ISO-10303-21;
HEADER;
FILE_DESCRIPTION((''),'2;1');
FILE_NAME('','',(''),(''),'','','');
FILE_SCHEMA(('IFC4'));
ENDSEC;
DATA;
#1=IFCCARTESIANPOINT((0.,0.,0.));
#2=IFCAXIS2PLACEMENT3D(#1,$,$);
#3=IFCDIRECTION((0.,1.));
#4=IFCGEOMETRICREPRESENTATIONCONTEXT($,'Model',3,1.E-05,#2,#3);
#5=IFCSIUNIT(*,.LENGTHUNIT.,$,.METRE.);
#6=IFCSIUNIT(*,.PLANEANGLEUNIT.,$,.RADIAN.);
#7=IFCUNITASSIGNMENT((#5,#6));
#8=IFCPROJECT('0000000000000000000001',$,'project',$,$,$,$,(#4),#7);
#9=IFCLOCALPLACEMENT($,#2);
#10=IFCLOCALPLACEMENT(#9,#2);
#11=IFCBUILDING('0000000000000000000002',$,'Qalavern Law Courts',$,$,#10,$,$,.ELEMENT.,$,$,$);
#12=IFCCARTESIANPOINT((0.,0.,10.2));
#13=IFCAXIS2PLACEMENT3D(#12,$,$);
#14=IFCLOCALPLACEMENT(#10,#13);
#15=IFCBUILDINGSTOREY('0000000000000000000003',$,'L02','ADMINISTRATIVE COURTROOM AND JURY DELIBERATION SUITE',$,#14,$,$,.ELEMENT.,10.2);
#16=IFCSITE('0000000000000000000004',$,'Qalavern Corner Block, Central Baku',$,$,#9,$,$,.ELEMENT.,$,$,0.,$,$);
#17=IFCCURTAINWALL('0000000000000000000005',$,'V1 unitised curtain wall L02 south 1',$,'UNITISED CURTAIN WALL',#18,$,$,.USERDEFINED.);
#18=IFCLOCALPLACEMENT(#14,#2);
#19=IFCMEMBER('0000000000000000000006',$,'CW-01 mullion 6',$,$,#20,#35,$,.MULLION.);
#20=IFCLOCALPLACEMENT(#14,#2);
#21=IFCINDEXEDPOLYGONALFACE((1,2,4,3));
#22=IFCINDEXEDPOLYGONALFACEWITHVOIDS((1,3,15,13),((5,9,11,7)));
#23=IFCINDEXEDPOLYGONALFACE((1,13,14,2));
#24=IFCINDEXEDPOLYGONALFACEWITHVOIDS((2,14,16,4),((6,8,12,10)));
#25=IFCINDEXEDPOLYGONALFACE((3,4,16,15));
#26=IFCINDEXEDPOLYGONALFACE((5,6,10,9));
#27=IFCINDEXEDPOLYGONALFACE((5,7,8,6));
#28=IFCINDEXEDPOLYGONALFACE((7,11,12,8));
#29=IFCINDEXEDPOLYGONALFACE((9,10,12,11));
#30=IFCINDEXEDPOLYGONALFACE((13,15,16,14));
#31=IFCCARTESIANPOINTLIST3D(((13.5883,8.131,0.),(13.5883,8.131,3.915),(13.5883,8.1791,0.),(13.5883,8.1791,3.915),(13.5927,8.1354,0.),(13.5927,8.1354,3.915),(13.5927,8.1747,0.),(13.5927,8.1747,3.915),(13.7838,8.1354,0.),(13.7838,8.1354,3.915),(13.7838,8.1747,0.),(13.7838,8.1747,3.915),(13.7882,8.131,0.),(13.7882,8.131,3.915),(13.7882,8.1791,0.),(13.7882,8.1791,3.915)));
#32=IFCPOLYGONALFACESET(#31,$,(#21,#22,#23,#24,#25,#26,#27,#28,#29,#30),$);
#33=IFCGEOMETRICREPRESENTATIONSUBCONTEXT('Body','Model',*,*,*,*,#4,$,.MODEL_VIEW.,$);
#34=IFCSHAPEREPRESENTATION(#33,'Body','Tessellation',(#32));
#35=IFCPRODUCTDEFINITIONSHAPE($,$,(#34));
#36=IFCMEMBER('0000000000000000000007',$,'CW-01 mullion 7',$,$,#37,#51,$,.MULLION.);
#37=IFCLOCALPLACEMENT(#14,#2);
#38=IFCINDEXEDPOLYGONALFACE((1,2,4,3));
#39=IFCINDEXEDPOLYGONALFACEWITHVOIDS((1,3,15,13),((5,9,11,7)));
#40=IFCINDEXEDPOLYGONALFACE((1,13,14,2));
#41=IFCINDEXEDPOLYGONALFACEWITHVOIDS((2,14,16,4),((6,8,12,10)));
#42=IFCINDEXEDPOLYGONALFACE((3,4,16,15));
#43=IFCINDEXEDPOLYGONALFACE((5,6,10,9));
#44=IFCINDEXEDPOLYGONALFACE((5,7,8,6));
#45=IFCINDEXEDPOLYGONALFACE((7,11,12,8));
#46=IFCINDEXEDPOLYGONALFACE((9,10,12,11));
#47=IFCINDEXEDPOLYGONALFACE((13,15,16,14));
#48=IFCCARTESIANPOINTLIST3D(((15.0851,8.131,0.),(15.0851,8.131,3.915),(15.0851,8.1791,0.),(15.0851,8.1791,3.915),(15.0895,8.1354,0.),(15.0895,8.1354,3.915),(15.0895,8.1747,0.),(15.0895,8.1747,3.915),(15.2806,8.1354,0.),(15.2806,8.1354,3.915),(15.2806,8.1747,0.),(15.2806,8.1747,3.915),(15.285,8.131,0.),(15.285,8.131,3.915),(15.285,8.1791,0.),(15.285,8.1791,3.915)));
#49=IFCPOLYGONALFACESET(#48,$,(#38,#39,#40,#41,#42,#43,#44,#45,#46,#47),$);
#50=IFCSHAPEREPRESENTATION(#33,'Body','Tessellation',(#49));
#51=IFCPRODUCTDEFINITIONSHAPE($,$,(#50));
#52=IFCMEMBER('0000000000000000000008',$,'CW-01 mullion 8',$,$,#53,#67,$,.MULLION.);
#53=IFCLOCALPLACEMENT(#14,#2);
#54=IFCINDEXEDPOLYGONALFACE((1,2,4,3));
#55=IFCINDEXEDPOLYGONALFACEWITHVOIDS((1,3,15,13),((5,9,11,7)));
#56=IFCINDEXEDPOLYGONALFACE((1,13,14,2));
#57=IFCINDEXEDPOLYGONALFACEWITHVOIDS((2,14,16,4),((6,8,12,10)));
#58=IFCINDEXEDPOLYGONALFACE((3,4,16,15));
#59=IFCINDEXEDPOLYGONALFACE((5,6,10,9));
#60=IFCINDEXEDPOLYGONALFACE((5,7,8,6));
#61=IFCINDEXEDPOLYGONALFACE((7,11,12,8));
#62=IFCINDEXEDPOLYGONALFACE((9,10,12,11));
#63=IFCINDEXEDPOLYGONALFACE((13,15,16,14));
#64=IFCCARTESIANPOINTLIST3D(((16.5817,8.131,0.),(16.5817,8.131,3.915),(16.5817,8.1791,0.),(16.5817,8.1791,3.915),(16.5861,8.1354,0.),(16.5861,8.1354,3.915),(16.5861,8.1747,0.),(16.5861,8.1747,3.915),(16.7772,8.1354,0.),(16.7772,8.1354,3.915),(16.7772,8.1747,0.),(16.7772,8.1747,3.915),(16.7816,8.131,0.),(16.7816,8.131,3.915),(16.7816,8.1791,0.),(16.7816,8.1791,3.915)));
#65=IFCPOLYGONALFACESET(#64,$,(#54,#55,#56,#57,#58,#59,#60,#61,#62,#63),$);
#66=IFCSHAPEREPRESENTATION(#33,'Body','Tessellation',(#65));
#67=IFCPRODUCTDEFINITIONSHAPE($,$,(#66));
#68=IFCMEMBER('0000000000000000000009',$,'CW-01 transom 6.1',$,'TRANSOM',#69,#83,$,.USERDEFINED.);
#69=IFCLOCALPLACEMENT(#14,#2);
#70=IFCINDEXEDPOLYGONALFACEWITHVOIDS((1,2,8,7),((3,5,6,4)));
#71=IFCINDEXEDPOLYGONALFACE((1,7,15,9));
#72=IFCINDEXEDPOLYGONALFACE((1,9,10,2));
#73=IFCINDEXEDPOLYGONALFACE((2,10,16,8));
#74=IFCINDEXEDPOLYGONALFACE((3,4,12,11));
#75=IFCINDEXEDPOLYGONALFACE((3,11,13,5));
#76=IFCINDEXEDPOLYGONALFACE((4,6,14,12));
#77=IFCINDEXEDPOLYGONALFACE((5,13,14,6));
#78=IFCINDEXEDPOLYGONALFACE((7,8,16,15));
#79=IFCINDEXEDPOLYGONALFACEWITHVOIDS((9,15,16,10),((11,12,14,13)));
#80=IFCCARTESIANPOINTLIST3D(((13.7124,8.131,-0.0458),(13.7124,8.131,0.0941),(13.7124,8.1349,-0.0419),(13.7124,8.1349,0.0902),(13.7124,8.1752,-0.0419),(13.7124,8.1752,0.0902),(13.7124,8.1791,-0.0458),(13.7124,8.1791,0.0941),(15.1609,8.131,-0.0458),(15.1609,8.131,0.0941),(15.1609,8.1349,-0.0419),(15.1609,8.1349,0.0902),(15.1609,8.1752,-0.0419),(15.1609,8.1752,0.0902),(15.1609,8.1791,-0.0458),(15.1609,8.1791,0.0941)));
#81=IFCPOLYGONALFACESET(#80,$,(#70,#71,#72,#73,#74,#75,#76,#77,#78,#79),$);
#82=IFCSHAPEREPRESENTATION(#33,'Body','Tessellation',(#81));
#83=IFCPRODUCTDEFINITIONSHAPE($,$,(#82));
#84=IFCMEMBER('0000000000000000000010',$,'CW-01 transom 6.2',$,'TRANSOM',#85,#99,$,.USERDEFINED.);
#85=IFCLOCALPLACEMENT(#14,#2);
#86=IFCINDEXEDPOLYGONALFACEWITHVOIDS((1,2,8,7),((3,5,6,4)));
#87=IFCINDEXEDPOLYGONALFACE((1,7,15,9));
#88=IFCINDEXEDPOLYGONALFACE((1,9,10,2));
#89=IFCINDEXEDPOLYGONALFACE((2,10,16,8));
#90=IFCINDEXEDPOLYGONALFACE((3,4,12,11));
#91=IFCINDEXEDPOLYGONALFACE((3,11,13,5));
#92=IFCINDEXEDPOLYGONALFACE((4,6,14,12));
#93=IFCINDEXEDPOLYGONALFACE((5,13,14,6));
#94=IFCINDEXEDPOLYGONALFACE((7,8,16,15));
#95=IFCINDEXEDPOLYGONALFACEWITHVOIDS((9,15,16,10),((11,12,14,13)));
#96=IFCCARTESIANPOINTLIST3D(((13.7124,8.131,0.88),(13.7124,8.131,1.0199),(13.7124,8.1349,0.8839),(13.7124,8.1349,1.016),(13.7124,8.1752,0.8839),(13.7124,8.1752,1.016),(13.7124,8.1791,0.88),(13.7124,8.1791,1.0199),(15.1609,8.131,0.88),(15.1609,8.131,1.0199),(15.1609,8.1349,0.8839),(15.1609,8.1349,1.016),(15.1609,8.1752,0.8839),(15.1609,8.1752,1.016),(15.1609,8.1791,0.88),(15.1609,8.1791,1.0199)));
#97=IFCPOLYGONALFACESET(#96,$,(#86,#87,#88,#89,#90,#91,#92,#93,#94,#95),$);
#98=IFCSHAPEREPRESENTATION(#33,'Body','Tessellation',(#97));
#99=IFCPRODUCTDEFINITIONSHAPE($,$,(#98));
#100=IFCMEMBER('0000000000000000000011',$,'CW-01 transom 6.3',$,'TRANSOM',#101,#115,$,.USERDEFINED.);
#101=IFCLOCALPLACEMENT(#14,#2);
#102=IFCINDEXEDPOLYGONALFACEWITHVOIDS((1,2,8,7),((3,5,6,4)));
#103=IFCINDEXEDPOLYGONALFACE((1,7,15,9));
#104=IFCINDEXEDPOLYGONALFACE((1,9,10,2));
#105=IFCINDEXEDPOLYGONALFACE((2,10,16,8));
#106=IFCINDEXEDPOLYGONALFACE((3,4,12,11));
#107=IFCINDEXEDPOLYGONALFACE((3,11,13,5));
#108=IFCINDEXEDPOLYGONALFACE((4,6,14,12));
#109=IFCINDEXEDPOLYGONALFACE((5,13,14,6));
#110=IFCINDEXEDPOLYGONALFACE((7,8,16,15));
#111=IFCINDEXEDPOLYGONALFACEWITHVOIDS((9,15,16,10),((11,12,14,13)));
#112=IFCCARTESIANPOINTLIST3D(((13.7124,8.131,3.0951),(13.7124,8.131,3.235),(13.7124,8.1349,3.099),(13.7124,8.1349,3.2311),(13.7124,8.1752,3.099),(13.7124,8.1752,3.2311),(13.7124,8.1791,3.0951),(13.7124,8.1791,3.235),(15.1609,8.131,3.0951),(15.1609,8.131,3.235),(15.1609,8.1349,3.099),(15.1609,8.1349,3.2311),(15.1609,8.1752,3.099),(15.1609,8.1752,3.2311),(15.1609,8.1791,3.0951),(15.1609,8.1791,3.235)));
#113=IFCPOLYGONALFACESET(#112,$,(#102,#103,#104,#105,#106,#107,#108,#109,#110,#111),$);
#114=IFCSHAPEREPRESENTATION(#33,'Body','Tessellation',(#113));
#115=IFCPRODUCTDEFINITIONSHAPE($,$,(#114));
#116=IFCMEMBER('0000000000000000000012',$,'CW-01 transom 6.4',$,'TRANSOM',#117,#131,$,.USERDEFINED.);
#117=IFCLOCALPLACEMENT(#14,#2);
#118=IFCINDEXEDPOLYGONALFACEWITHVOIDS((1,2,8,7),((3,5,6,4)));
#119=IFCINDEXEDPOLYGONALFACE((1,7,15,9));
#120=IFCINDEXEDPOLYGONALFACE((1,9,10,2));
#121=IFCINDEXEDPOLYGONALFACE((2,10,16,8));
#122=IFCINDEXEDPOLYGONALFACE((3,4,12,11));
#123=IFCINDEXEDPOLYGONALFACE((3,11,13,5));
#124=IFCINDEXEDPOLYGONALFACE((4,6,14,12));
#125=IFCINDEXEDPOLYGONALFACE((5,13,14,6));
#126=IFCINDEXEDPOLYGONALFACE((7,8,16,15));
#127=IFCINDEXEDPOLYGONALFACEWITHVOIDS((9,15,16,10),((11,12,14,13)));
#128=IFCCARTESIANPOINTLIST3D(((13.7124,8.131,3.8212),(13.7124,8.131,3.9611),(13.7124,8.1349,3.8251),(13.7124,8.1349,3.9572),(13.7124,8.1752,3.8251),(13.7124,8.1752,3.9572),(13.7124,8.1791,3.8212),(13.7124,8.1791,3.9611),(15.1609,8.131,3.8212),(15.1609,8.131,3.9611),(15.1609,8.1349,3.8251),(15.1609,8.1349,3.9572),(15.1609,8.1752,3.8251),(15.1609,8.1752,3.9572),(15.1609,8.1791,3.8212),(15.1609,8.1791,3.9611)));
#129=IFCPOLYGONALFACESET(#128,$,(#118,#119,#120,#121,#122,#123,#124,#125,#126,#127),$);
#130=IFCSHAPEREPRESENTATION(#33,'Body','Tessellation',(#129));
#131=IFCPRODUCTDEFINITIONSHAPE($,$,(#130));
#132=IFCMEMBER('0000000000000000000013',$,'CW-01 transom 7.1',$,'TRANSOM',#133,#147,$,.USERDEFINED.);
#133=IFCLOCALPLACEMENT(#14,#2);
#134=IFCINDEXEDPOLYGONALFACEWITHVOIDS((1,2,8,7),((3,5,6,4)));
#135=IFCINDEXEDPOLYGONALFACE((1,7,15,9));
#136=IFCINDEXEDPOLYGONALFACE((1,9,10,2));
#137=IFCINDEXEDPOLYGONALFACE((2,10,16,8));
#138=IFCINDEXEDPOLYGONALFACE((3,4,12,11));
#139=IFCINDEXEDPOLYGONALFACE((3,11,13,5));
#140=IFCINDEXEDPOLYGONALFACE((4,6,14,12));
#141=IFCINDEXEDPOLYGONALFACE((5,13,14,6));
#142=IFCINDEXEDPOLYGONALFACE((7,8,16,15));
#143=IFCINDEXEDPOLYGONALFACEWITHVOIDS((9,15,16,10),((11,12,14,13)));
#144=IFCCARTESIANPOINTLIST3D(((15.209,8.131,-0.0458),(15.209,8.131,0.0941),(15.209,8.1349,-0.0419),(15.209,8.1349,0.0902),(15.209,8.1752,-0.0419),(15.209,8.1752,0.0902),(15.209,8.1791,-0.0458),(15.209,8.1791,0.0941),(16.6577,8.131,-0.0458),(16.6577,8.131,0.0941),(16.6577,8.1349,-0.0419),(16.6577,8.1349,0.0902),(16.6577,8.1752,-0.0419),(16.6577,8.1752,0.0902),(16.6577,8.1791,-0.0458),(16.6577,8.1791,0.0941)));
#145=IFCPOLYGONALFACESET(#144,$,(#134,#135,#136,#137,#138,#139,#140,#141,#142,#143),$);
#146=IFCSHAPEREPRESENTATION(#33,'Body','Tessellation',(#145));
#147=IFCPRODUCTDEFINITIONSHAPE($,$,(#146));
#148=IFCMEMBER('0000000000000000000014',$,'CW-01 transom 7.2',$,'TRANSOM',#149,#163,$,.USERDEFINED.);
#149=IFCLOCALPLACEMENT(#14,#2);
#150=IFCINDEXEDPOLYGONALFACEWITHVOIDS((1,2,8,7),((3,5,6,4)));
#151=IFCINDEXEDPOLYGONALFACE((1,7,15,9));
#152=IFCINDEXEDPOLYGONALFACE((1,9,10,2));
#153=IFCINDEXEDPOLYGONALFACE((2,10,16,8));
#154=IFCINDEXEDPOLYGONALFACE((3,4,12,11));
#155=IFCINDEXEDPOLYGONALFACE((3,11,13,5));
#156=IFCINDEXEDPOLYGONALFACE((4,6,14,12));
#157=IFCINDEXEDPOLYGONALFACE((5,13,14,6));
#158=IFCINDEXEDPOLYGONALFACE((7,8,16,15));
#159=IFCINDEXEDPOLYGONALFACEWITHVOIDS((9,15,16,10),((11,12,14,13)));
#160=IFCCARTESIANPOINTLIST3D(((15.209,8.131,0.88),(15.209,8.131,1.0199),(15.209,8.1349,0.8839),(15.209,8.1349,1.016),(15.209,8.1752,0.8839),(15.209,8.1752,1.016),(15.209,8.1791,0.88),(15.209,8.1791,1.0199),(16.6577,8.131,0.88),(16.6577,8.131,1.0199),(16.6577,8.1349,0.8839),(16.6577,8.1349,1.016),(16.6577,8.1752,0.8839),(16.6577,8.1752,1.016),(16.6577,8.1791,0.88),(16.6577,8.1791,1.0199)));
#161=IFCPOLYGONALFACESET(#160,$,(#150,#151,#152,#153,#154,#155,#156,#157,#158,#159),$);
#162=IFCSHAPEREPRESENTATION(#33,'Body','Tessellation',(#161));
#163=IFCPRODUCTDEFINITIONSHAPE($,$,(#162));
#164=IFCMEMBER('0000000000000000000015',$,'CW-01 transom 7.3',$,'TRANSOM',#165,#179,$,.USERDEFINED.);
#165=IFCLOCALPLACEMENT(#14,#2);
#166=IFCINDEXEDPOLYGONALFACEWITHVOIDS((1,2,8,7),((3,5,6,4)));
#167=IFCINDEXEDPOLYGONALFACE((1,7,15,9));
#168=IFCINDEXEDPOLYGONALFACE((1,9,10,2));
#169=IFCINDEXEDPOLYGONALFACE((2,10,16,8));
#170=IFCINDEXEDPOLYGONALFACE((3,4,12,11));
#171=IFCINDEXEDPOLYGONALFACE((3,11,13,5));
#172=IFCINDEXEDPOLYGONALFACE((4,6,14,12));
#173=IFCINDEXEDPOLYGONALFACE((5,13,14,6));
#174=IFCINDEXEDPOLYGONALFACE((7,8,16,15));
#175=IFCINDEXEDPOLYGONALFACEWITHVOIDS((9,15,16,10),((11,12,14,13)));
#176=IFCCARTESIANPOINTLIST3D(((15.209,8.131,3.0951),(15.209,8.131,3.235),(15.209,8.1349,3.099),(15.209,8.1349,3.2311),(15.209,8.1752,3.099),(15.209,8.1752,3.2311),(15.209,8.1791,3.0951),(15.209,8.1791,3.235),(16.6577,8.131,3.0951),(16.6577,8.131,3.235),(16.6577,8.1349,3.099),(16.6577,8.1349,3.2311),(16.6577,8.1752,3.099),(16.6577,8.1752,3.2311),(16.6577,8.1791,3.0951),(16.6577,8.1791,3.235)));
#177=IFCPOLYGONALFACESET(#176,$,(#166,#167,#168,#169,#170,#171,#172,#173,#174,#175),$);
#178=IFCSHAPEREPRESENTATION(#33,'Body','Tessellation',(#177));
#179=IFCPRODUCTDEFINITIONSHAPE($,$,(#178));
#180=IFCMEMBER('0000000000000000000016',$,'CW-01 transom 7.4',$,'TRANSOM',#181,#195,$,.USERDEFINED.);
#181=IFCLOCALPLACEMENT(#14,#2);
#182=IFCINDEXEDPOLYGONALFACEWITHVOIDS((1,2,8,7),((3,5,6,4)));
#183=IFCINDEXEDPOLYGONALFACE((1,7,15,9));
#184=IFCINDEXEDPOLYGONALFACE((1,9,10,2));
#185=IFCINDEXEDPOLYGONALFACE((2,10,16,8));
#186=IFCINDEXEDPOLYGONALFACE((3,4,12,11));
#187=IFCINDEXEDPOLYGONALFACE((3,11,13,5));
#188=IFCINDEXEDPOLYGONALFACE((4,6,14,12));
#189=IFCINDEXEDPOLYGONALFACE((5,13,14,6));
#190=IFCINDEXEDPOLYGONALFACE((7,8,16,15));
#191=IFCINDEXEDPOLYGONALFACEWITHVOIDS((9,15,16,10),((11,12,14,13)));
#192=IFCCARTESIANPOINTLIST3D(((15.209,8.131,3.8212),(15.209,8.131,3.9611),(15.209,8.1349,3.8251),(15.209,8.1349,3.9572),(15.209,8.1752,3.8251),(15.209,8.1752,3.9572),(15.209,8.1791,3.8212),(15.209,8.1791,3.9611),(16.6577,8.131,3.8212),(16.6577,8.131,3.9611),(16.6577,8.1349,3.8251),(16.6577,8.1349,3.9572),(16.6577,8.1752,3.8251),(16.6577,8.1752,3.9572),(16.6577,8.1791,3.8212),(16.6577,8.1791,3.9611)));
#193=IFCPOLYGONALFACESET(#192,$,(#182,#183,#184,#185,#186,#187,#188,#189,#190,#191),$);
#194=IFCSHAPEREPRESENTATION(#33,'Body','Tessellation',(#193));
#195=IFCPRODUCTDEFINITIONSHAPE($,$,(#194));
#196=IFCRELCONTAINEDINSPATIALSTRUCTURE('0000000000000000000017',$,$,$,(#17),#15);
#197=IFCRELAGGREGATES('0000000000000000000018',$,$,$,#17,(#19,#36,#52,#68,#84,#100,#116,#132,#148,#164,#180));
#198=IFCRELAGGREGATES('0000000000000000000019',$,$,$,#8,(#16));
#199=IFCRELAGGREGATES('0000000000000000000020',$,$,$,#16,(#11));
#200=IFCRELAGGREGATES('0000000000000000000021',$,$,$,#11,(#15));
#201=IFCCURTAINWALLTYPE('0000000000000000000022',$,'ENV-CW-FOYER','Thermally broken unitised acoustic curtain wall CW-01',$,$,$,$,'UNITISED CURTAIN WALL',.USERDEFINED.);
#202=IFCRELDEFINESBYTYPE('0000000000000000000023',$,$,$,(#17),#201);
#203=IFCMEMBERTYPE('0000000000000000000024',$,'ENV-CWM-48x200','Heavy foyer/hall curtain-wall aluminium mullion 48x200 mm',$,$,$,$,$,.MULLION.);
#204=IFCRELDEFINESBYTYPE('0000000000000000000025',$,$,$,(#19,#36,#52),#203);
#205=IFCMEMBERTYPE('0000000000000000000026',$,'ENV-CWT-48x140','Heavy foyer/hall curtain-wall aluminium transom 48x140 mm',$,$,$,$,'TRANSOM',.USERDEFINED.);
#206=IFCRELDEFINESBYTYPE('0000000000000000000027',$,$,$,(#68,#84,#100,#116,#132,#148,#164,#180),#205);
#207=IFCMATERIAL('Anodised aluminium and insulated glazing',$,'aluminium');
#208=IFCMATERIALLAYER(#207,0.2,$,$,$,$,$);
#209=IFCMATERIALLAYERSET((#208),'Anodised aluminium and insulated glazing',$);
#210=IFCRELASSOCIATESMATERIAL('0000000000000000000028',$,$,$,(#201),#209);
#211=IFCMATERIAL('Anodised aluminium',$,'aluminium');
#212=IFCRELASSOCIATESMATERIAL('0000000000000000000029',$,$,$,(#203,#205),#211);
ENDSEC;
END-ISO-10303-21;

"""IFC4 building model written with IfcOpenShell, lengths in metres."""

from ifc_helpers import new_model, si_unit, direction, frame, origin, origin_2d, place, context, subcontext, project, spatial, hollow_rectangle, extrude, material, layer, layer_set, material_profile, profile_set, type_object, element, aggregate, save


model = new_model("IFC4")

# Units and contexts
model_context = context("Model", 3, precision=1e-05, world=origin(), true_north=direction((0.0, 1.0)))
body_context = subcontext(model_context, "Body", "Model", "MODEL_VIEW")
ifc_project = project(units=[si_unit("LENGTHUNIT", "METRE"), si_unit("PLANEANGLEUNIT", "RADIAN")], contexts=[model_context])

# Site, building, storey
site_placement = place(None, origin())
site = spatial("IfcSite", under=ifc_project, at=site_placement, Name="Qalavern Corner Block, Central Baku", CompositionType="ELEMENT", RefElevation=0.0)
building_placement = place(site_placement, origin())
building = spatial("IfcBuilding", under=site, at=building_placement, Name="Qalavern Law Courts", CompositionType="ELEMENT")
storey_placement = place(building_placement, frame((0.0, 0.0, 10.2)))
storey = spatial("IfcBuildingStorey", under=building, at=storey_placement, Name="L02", Description="ADMINISTRATIVE COURTROOM AND JURY DELIBERATION SUITE", CompositionType="ELEMENT", Elevation=10.2)

# Curtain wall, members
ifc_material_1 = material(Name="Anodised aluminium and insulated glazing", Category="aluminium")
ifc_layer_1 = layer(ifc_material_1, 0.2)
ifc_layer_set_1 = layer_set([ifc_layer_1], Name="Anodised aluminium and insulated glazing")
curtain_wall_type = type_object("IfcCurtainWallType", Name="ENV-CW-FOYER", Description="Thermally broken unitised acoustic curtain wall CW-01", ElementType="UNITISED CURTAIN WALL", PredefinedType="USERDEFINED", material=ifc_layer_set_1)
curtain_wall_placement = place(storey_placement, origin())
curtain_wall = element("IfcCurtainWall", 1, at=curtain_wall_placement, inside=storey, type_object=curtain_wall_type, Name="V1 unitised curtain wall L02 south 1", ObjectType="UNITISED CURTAIN WALL", PredefinedType="USERDEFINED")
ifc_material_2 = material(Name="Anodised aluminium", Category="aluminium")
ifc_material_profile_1 = material_profile(ifc_material_2, hollow_rectangle(XDim=0.0481, YDim=0.2, WallThickness=0.0044, at=origin_2d()), Name="ALU MULLION 48x200")
ifc_profile_set_1 = profile_set([ifc_material_profile_1], Name="Anodised aluminium")
member_type_1 = type_object("IfcMemberType", Name="ENV-CWM-48x200", Description="Heavy foyer/hall curtain-wall aluminium mullion 48x200 mm", PredefinedType="MULLION", material=ifc_profile_set_1)
member_1_placement = place(storey_placement, frame((13.6882, 8.155, 0.0), z_axis=(0.0, 0.0, 1.0), x_axis=(0.0, 1.0, 0.0)))
member_1 = element("IfcMember", 2, at=member_1_placement, type_object=member_type_1, Name="CW-01 mullion 6", PredefinedType="MULLION", context=body_context, shape_type="SweptSolid", body=[
    extrude(hollow_rectangle(XDim=0.0481, YDim=0.2, WallThickness=0.0044, at=origin_2d()), origin(), (0.0, 0.0, 1.0), 3.915),
])
member_2_placement = place(storey_placement, frame((15.1851, 8.155, 0.0), z_axis=(0.0, 0.0, 1.0), x_axis=(0.0, 1.0, 0.0)))
member_2 = element("IfcMember", 3, at=member_2_placement, type_object=member_type_1, Name="CW-01 mullion 7", PredefinedType="MULLION", context=body_context, shape_type="SweptSolid", body=[
    extrude(hollow_rectangle(XDim=0.0481, YDim=0.2, WallThickness=0.0044, at=origin_2d()), origin(), (0.0, 0.0, 1.0), 3.915),
])
member_3_placement = place(storey_placement, frame((16.6816, 8.155, 0.0), z_axis=(0.0, 0.0, 1.0), x_axis=(0.0, 1.0, 0.0)))
member_3 = element("IfcMember", 4, at=member_3_placement, type_object=member_type_1, Name="CW-01 mullion 8", PredefinedType="MULLION", context=body_context, shape_type="SweptSolid", body=[
    extrude(hollow_rectangle(XDim=0.0481, YDim=0.2, WallThickness=0.0044, at=origin_2d()), origin(), (0.0, 0.0, 1.0), 3.915),
])
ifc_material_profile_2 = material_profile(ifc_material_2, hollow_rectangle(XDim=0.0481, YDim=0.1399, WallThickness=0.0039, at=origin_2d()), Name="ALU TRANSOM 48x140")
ifc_profile_set_2 = profile_set([ifc_material_profile_2], Name="Anodised aluminium")
member_type_2 = type_object("IfcMemberType", Name="ENV-CWT-48x140", Description="Heavy foyer/hall curtain-wall aluminium transom 48x140 mm", ElementType="TRANSOM", PredefinedType="USERDEFINED", material=ifc_profile_set_2)
member_4_placement = place(storey_placement, frame((13.7124, 8.155, 0.0242), z_axis=(1.0, 0.0, 0.0), x_axis=(0.0, 1.0, 0.0)))
member_4 = element("IfcMember", 5, at=member_4_placement, type_object=member_type_2, Name="CW-01 transom 6.1", ObjectType="TRANSOM", PredefinedType="USERDEFINED", context=body_context, shape_type="SweptSolid", body=[
    extrude(hollow_rectangle(XDim=0.0481, YDim=0.1399, WallThickness=0.0039, at=origin_2d()), origin(), (0.0, 0.0, 1.0), 1.4485),
])
member_5_placement = place(storey_placement, frame((13.7124, 8.155, 0.95), z_axis=(1.0, 0.0, 0.0), x_axis=(0.0, 1.0, 0.0)))
member_5 = element("IfcMember", 6, at=member_5_placement, type_object=member_type_2, Name="CW-01 transom 6.2", ObjectType="TRANSOM", PredefinedType="USERDEFINED", context=body_context, shape_type="SweptSolid", body=[
    extrude(hollow_rectangle(XDim=0.0481, YDim=0.1399, WallThickness=0.0039, at=origin_2d()), origin(), (0.0, 0.0, 1.0), 1.4485),
])
member_6_placement = place(storey_placement, frame((13.7124, 8.155, 3.165), z_axis=(1.0, 0.0, 0.0), x_axis=(0.0, 1.0, 0.0)))
member_6 = element("IfcMember", 7, at=member_6_placement, type_object=member_type_2, Name="CW-01 transom 6.3", ObjectType="TRANSOM", PredefinedType="USERDEFINED", context=body_context, shape_type="SweptSolid", body=[
    extrude(hollow_rectangle(XDim=0.0481, YDim=0.1399, WallThickness=0.0039, at=origin_2d()), origin(), (0.0, 0.0, 1.0), 1.4485),
])
member_7_placement = place(storey_placement, frame((13.7124, 8.155, 3.8911), z_axis=(1.0, 0.0, 0.0), x_axis=(0.0, 1.0, 0.0)))
member_7 = element("IfcMember", 8, at=member_7_placement, type_object=member_type_2, Name="CW-01 transom 6.4", ObjectType="TRANSOM", PredefinedType="USERDEFINED", context=body_context, shape_type="SweptSolid", body=[
    extrude(hollow_rectangle(XDim=0.0481, YDim=0.1399, WallThickness=0.0039, at=origin_2d()), origin(), (0.0, 0.0, 1.0), 1.4485),
])
member_8_placement = place(storey_placement, frame((15.209, 8.155, 0.0242), z_axis=(1.0, 0.0, 0.0), x_axis=(0.0, 1.0, 0.0)))
member_8 = element("IfcMember", 9, at=member_8_placement, type_object=member_type_2, Name="CW-01 transom 7.1", ObjectType="TRANSOM", PredefinedType="USERDEFINED", context=body_context, shape_type="SweptSolid", body=[
    extrude(hollow_rectangle(XDim=0.0481, YDim=0.1399, WallThickness=0.0039, at=origin_2d()), origin(), (0.0, 0.0, 1.0), 1.4487),
])
member_9_placement = place(storey_placement, frame((15.209, 8.155, 0.95), z_axis=(1.0, 0.0, 0.0), x_axis=(0.0, 1.0, 0.0)))
member_9 = element("IfcMember", 10, at=member_9_placement, type_object=member_type_2, Name="CW-01 transom 7.2", ObjectType="TRANSOM", PredefinedType="USERDEFINED", context=body_context, shape_type="SweptSolid", body=[
    extrude(hollow_rectangle(XDim=0.0481, YDim=0.1399, WallThickness=0.0039, at=origin_2d()), origin(), (0.0, 0.0, 1.0), 1.4487),
])
member_10_placement = place(storey_placement, frame((15.209, 8.155, 3.165), z_axis=(1.0, 0.0, 0.0), x_axis=(0.0, 1.0, 0.0)))
member_10 = element("IfcMember", 11, at=member_10_placement, type_object=member_type_2, Name="CW-01 transom 7.3", ObjectType="TRANSOM", PredefinedType="USERDEFINED", context=body_context, shape_type="SweptSolid", body=[
    extrude(hollow_rectangle(XDim=0.0481, YDim=0.1399, WallThickness=0.0039, at=origin_2d()), origin(), (0.0, 0.0, 1.0), 1.4487),
])
member_11_placement = place(storey_placement, frame((15.209, 8.155, 3.8911), z_axis=(1.0, 0.0, 0.0), x_axis=(0.0, 1.0, 0.0)))
member_11 = element("IfcMember", 12, at=member_11_placement, type_object=member_type_2, Name="CW-01 transom 7.4", ObjectType="TRANSOM", PredefinedType="USERDEFINED", context=body_context, shape_type="SweptSolid", body=[
    extrude(hollow_rectangle(XDim=0.0481, YDim=0.1399, WallThickness=0.0039, at=origin_2d()), origin(), (0.0, 0.0, 1.0), 1.4487),
])

aggregate(curtain_wall, [member_1, member_2, member_3, member_4, member_5, member_6, member_7, member_8, member_9, member_10, member_11])

save(model, "model.ifc")
